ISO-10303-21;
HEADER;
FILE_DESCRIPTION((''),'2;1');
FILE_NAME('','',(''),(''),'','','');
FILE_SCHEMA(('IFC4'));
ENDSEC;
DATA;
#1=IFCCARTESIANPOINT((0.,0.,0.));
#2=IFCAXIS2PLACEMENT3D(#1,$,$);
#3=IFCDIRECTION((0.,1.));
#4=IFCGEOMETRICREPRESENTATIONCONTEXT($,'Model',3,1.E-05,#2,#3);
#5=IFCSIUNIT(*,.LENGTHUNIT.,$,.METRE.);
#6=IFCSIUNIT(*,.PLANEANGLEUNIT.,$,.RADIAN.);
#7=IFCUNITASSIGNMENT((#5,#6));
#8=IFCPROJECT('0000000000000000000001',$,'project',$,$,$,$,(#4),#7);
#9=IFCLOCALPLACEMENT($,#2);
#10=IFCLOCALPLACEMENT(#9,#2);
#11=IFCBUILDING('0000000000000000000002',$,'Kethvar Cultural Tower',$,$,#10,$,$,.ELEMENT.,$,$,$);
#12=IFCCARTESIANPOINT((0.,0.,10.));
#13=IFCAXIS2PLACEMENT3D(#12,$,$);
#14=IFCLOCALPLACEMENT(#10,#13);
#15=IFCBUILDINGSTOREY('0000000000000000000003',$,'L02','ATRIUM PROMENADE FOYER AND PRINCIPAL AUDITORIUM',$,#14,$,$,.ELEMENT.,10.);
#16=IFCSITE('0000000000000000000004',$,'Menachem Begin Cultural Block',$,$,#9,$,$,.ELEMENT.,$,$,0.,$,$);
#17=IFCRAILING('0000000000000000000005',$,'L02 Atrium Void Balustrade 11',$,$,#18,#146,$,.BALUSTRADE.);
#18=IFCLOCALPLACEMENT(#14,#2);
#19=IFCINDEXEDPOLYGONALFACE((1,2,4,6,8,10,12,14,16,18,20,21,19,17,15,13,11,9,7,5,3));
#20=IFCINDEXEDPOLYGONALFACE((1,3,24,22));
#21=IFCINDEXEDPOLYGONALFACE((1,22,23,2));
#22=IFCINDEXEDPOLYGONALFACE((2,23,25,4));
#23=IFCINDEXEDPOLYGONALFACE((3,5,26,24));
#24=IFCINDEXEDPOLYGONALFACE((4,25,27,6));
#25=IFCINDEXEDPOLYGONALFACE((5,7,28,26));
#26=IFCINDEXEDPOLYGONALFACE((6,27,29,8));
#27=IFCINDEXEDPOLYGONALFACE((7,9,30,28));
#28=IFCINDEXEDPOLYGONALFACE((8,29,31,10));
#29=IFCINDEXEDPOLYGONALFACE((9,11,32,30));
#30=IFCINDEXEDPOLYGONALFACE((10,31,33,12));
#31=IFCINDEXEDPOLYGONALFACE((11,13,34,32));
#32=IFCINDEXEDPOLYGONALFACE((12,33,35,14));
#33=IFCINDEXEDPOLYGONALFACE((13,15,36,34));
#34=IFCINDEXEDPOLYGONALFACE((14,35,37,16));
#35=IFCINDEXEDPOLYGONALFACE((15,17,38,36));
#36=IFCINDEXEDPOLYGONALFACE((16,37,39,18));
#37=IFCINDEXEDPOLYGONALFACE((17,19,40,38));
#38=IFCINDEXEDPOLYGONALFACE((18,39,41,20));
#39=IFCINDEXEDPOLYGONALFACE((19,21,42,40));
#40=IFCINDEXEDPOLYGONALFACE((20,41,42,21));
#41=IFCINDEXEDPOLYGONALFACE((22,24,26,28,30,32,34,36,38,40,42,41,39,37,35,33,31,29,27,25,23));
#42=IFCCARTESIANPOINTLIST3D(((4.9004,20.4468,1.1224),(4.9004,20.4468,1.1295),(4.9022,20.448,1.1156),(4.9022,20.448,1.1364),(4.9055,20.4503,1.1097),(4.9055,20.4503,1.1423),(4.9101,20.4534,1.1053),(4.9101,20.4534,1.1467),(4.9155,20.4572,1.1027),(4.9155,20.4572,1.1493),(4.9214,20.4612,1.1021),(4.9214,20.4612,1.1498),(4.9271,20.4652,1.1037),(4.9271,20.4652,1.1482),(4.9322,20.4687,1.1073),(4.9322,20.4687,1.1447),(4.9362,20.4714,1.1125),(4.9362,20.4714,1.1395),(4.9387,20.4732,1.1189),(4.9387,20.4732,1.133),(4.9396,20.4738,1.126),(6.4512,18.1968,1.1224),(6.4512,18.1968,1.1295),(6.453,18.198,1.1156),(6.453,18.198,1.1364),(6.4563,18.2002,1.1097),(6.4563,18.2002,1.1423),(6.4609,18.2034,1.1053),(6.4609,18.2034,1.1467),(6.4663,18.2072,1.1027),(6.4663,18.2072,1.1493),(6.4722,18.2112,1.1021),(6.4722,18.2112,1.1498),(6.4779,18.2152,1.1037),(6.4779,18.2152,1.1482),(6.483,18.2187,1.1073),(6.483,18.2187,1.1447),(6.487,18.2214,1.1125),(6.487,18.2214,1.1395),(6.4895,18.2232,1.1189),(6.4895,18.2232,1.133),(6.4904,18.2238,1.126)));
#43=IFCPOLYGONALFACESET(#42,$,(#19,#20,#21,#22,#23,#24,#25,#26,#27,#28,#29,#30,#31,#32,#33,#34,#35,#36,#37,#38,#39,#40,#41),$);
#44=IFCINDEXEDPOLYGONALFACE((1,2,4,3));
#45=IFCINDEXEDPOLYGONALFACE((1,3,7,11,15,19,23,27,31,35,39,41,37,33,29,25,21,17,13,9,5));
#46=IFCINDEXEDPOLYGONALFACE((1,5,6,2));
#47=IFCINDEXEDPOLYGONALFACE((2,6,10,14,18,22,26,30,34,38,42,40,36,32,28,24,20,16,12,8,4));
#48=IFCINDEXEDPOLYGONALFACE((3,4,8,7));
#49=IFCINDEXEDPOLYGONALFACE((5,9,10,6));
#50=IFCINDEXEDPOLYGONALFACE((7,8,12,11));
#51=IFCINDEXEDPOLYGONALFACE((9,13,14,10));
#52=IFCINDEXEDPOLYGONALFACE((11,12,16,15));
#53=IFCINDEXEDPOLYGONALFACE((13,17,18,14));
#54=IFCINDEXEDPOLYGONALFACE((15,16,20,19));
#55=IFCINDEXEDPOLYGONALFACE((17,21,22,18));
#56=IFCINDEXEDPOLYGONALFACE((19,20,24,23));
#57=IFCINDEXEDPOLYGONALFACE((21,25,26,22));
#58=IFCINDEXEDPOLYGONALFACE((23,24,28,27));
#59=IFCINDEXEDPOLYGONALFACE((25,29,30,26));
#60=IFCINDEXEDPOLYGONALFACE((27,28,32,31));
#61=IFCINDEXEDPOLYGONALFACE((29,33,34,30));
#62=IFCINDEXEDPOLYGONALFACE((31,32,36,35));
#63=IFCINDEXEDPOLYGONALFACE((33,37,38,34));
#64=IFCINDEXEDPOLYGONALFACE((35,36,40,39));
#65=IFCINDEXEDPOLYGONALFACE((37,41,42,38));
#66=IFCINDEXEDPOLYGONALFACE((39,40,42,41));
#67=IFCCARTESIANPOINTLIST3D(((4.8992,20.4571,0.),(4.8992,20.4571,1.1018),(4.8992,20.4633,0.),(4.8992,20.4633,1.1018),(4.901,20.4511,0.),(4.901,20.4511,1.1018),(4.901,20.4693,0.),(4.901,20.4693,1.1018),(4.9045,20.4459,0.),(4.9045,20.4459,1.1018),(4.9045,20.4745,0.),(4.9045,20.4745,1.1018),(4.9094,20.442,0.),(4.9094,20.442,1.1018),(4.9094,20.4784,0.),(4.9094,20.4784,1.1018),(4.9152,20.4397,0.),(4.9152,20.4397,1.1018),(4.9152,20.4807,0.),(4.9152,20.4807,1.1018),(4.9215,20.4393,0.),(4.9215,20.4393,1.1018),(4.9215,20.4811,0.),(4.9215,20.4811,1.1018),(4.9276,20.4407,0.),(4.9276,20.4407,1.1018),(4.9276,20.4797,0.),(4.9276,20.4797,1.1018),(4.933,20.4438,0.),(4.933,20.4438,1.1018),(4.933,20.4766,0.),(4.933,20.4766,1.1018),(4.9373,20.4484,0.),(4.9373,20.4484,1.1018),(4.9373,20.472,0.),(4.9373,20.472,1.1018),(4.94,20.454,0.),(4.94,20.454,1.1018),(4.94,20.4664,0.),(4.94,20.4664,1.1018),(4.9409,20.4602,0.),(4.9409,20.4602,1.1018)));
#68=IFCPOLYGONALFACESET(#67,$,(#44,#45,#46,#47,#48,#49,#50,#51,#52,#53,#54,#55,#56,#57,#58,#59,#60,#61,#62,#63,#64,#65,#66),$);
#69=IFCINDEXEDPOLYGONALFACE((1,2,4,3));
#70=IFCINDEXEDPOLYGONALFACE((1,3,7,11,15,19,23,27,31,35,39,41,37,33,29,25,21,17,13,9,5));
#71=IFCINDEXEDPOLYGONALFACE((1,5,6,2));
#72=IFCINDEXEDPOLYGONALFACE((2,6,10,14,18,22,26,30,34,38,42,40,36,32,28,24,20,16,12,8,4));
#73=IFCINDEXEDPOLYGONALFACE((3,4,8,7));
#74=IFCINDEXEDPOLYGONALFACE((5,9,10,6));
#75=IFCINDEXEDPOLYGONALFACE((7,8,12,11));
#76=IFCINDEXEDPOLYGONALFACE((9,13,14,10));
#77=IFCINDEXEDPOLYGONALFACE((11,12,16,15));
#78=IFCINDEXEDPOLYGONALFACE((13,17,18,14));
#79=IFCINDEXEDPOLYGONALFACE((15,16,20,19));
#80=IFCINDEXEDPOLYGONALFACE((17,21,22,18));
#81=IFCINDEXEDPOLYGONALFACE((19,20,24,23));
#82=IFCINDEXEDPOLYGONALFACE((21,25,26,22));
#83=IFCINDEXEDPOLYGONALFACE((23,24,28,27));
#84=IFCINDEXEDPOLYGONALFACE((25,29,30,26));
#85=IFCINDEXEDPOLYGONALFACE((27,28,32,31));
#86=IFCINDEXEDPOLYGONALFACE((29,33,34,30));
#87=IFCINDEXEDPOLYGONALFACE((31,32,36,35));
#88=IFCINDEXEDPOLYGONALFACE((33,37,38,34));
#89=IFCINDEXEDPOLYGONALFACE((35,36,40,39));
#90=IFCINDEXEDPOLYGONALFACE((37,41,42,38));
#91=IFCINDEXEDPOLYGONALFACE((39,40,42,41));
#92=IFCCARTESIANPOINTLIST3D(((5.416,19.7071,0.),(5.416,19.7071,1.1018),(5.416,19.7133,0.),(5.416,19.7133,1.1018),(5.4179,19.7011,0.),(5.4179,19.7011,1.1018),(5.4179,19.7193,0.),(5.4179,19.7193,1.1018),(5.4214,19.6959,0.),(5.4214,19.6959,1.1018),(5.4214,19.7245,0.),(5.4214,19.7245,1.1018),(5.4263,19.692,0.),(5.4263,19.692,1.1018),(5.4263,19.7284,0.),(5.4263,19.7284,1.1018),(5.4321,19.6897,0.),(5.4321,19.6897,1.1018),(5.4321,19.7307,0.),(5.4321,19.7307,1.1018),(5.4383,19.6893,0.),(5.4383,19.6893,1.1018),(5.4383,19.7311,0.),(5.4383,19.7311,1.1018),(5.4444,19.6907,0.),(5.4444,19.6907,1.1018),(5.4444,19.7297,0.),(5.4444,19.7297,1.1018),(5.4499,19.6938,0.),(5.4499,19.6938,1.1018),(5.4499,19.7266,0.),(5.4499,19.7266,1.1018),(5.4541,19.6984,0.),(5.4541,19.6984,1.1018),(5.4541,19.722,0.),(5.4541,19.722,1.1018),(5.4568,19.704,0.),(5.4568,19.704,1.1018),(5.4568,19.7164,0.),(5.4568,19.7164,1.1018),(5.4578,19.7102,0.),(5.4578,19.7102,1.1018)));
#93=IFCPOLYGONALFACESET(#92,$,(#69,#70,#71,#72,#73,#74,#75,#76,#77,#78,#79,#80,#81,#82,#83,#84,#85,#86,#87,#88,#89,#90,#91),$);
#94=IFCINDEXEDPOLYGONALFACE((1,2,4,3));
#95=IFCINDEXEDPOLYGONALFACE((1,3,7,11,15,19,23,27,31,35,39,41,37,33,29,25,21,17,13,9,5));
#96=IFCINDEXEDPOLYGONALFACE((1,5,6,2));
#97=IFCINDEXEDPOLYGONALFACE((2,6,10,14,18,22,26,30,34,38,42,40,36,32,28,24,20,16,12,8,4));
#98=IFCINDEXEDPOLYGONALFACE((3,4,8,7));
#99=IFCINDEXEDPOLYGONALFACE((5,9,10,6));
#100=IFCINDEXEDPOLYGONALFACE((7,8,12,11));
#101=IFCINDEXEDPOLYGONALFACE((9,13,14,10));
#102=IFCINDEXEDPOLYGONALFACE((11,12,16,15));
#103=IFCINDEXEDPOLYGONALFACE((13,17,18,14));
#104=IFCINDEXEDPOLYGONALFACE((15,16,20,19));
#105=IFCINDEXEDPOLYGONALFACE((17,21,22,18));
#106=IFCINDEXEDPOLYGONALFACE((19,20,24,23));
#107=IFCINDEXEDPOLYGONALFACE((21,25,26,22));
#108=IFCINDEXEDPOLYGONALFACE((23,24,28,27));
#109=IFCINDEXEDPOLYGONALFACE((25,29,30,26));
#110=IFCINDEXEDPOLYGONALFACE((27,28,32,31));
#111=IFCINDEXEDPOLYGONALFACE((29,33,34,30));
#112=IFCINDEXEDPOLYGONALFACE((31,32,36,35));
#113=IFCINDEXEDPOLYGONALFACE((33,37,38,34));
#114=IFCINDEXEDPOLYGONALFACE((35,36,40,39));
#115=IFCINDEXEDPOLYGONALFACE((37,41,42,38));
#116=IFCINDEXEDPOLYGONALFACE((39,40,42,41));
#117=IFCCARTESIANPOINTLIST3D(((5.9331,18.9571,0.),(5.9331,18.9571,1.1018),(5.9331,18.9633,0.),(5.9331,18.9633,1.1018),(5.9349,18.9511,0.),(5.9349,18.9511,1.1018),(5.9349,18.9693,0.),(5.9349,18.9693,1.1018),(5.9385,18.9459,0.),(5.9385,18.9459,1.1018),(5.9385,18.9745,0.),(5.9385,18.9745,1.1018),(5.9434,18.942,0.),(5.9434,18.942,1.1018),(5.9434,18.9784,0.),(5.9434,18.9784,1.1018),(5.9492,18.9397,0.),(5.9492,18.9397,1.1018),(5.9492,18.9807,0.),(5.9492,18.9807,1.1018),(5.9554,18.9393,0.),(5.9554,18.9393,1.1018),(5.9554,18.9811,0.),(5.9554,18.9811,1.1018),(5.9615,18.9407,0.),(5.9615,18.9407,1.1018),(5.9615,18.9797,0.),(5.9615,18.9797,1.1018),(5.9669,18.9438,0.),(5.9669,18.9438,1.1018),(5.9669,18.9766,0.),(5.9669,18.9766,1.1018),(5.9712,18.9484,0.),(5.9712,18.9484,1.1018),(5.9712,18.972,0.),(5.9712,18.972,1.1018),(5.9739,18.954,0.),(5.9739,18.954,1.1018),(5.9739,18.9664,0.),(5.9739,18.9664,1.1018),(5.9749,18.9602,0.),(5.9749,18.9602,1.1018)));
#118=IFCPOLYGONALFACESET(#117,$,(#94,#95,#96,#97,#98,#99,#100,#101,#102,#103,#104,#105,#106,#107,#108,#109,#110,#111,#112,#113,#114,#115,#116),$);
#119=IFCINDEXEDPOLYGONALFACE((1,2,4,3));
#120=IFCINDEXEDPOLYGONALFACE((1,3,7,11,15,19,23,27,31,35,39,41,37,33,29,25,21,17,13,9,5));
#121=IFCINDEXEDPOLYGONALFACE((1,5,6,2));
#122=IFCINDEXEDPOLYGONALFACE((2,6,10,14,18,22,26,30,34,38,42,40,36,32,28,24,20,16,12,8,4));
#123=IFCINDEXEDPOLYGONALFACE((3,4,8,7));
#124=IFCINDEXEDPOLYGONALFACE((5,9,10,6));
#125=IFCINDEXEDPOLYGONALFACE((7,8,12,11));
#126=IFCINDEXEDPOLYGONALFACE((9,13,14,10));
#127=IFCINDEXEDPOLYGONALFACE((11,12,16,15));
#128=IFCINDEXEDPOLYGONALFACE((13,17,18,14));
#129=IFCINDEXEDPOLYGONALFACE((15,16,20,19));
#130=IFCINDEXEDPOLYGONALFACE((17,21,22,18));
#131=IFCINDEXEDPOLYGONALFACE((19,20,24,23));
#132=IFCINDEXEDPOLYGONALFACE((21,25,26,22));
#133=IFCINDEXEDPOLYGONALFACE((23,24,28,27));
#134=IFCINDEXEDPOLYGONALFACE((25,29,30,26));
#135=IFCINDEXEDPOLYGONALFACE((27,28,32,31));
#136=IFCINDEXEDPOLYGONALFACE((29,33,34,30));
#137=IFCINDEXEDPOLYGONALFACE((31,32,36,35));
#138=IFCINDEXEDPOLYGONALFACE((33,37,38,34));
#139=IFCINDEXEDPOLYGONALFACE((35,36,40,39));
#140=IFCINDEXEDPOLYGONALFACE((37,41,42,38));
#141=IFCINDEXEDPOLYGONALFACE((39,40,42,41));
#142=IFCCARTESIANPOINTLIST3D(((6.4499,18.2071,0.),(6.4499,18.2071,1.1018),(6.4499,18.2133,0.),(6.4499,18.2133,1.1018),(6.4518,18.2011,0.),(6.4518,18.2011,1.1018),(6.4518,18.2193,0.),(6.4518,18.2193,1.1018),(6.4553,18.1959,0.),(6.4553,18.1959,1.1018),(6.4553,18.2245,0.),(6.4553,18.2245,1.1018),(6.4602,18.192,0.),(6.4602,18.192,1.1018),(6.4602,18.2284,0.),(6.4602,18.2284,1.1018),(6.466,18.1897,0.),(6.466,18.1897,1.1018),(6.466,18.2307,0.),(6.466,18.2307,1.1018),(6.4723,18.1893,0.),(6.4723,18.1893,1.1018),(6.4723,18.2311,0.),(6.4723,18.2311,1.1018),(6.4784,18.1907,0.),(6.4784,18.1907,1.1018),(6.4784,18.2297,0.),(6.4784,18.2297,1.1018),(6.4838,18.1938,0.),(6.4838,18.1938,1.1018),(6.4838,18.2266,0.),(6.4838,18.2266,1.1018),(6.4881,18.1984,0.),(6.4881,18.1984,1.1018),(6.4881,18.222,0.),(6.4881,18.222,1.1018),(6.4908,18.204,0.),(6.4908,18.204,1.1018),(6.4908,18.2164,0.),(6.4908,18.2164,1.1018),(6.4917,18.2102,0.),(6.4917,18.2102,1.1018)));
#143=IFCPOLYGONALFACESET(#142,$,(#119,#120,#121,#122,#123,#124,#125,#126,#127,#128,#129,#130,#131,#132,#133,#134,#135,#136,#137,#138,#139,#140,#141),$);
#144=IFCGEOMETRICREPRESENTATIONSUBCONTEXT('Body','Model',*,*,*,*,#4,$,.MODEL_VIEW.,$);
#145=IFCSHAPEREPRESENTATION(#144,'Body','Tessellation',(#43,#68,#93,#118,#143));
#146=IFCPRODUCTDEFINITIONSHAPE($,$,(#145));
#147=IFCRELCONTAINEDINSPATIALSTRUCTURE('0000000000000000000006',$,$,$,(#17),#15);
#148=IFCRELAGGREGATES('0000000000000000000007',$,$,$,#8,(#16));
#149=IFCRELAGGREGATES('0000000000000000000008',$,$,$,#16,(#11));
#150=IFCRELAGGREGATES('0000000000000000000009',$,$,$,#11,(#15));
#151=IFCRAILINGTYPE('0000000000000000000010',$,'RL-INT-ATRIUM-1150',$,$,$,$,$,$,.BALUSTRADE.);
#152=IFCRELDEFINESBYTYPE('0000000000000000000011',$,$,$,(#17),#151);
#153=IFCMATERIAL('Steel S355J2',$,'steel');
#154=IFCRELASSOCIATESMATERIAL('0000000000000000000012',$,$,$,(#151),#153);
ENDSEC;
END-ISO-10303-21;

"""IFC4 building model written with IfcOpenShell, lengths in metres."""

from ifc_helpers import new_model, si_unit, direction, frame, origin, origin_2d, place, context, subcontext, project, spatial, circle, extrude, material, type_object, element, save


model = new_model("IFC4")

# Units and contexts
model_context = context("Model", 3, precision=1e-05, world=origin(), true_north=direction((0.0, 1.0)))
body_context = subcontext(model_context, "Body", "Model", "MODEL_VIEW")
ifc_project = project(units=[si_unit("LENGTHUNIT", "METRE"), si_unit("PLANEANGLEUNIT", "RADIAN")], contexts=[model_context])

# Site, building, storey
site_placement = place(None, origin())
site = spatial("IfcSite", under=ifc_project, at=site_placement, Name="Menachem Begin Cultural Block", CompositionType="ELEMENT", RefElevation=0.0)
building_placement = place(site_placement, origin())
building = spatial("IfcBuilding", under=site, at=building_placement, Name="Kethvar Cultural Tower", CompositionType="ELEMENT")
storey_placement = place(building_placement, frame((0.0, 0.0, 10.0)))
storey = spatial("IfcBuildingStorey", under=building, at=storey_placement, Name="L02", Description="ATRIUM PROMENADE FOYER AND PRINCIPAL AUDITORIUM", CompositionType="ELEMENT", Elevation=10.0)

# Shared definitions
ifc_material_1 = material(Name="Steel S355J2", Category="steel")

# Railing
railing_type = type_object("IfcRailingType", Name="RL-INT-ATRIUM-1150", PredefinedType="BALUSTRADE", material=ifc_material_1)
railing_1_placement = place(storey_placement, frame((4.9199, 20.4602, 0.0)))
element("IfcRailing", 1, at=railing_1_placement, inside=storey, type_object=railing_type, Name="L02 Atrium Void Balustrade 11", PredefinedType="BALUSTRADE", context=body_context, shape_type="SweptSolid", body=[
    extrude(circle(Radius=0.0239, at=origin_2d()), frame((0.0, 0.0, 1.126), z_axis=(0.567499, -0.823374, 0.0), x_axis=(0.823374, 0.567499, 0.0)), (0.0, 0.0, 1.0), 2.7327),
    extrude(circle(Radius=0.021, at=origin_2d()), origin(), (0.0, 0.0, 1.0), 1.1018),
    extrude(circle(Radius=0.021, at=origin_2d()), frame((0.5168, -0.75, 0.0)), (0.0, 0.0, 1.0), 1.1018),
    extrude(circle(Radius=0.021, at=origin_2d()), frame((1.0339, -1.5, 0.0)), (0.0, 0.0, 1.0), 1.1018),
    extrude(circle(Radius=0.021, at=origin_2d()), frame((1.5508, -2.25, 0.0)), (0.0, 0.0, 1.0), 1.1018),
])

save(model, "model.ifc")
